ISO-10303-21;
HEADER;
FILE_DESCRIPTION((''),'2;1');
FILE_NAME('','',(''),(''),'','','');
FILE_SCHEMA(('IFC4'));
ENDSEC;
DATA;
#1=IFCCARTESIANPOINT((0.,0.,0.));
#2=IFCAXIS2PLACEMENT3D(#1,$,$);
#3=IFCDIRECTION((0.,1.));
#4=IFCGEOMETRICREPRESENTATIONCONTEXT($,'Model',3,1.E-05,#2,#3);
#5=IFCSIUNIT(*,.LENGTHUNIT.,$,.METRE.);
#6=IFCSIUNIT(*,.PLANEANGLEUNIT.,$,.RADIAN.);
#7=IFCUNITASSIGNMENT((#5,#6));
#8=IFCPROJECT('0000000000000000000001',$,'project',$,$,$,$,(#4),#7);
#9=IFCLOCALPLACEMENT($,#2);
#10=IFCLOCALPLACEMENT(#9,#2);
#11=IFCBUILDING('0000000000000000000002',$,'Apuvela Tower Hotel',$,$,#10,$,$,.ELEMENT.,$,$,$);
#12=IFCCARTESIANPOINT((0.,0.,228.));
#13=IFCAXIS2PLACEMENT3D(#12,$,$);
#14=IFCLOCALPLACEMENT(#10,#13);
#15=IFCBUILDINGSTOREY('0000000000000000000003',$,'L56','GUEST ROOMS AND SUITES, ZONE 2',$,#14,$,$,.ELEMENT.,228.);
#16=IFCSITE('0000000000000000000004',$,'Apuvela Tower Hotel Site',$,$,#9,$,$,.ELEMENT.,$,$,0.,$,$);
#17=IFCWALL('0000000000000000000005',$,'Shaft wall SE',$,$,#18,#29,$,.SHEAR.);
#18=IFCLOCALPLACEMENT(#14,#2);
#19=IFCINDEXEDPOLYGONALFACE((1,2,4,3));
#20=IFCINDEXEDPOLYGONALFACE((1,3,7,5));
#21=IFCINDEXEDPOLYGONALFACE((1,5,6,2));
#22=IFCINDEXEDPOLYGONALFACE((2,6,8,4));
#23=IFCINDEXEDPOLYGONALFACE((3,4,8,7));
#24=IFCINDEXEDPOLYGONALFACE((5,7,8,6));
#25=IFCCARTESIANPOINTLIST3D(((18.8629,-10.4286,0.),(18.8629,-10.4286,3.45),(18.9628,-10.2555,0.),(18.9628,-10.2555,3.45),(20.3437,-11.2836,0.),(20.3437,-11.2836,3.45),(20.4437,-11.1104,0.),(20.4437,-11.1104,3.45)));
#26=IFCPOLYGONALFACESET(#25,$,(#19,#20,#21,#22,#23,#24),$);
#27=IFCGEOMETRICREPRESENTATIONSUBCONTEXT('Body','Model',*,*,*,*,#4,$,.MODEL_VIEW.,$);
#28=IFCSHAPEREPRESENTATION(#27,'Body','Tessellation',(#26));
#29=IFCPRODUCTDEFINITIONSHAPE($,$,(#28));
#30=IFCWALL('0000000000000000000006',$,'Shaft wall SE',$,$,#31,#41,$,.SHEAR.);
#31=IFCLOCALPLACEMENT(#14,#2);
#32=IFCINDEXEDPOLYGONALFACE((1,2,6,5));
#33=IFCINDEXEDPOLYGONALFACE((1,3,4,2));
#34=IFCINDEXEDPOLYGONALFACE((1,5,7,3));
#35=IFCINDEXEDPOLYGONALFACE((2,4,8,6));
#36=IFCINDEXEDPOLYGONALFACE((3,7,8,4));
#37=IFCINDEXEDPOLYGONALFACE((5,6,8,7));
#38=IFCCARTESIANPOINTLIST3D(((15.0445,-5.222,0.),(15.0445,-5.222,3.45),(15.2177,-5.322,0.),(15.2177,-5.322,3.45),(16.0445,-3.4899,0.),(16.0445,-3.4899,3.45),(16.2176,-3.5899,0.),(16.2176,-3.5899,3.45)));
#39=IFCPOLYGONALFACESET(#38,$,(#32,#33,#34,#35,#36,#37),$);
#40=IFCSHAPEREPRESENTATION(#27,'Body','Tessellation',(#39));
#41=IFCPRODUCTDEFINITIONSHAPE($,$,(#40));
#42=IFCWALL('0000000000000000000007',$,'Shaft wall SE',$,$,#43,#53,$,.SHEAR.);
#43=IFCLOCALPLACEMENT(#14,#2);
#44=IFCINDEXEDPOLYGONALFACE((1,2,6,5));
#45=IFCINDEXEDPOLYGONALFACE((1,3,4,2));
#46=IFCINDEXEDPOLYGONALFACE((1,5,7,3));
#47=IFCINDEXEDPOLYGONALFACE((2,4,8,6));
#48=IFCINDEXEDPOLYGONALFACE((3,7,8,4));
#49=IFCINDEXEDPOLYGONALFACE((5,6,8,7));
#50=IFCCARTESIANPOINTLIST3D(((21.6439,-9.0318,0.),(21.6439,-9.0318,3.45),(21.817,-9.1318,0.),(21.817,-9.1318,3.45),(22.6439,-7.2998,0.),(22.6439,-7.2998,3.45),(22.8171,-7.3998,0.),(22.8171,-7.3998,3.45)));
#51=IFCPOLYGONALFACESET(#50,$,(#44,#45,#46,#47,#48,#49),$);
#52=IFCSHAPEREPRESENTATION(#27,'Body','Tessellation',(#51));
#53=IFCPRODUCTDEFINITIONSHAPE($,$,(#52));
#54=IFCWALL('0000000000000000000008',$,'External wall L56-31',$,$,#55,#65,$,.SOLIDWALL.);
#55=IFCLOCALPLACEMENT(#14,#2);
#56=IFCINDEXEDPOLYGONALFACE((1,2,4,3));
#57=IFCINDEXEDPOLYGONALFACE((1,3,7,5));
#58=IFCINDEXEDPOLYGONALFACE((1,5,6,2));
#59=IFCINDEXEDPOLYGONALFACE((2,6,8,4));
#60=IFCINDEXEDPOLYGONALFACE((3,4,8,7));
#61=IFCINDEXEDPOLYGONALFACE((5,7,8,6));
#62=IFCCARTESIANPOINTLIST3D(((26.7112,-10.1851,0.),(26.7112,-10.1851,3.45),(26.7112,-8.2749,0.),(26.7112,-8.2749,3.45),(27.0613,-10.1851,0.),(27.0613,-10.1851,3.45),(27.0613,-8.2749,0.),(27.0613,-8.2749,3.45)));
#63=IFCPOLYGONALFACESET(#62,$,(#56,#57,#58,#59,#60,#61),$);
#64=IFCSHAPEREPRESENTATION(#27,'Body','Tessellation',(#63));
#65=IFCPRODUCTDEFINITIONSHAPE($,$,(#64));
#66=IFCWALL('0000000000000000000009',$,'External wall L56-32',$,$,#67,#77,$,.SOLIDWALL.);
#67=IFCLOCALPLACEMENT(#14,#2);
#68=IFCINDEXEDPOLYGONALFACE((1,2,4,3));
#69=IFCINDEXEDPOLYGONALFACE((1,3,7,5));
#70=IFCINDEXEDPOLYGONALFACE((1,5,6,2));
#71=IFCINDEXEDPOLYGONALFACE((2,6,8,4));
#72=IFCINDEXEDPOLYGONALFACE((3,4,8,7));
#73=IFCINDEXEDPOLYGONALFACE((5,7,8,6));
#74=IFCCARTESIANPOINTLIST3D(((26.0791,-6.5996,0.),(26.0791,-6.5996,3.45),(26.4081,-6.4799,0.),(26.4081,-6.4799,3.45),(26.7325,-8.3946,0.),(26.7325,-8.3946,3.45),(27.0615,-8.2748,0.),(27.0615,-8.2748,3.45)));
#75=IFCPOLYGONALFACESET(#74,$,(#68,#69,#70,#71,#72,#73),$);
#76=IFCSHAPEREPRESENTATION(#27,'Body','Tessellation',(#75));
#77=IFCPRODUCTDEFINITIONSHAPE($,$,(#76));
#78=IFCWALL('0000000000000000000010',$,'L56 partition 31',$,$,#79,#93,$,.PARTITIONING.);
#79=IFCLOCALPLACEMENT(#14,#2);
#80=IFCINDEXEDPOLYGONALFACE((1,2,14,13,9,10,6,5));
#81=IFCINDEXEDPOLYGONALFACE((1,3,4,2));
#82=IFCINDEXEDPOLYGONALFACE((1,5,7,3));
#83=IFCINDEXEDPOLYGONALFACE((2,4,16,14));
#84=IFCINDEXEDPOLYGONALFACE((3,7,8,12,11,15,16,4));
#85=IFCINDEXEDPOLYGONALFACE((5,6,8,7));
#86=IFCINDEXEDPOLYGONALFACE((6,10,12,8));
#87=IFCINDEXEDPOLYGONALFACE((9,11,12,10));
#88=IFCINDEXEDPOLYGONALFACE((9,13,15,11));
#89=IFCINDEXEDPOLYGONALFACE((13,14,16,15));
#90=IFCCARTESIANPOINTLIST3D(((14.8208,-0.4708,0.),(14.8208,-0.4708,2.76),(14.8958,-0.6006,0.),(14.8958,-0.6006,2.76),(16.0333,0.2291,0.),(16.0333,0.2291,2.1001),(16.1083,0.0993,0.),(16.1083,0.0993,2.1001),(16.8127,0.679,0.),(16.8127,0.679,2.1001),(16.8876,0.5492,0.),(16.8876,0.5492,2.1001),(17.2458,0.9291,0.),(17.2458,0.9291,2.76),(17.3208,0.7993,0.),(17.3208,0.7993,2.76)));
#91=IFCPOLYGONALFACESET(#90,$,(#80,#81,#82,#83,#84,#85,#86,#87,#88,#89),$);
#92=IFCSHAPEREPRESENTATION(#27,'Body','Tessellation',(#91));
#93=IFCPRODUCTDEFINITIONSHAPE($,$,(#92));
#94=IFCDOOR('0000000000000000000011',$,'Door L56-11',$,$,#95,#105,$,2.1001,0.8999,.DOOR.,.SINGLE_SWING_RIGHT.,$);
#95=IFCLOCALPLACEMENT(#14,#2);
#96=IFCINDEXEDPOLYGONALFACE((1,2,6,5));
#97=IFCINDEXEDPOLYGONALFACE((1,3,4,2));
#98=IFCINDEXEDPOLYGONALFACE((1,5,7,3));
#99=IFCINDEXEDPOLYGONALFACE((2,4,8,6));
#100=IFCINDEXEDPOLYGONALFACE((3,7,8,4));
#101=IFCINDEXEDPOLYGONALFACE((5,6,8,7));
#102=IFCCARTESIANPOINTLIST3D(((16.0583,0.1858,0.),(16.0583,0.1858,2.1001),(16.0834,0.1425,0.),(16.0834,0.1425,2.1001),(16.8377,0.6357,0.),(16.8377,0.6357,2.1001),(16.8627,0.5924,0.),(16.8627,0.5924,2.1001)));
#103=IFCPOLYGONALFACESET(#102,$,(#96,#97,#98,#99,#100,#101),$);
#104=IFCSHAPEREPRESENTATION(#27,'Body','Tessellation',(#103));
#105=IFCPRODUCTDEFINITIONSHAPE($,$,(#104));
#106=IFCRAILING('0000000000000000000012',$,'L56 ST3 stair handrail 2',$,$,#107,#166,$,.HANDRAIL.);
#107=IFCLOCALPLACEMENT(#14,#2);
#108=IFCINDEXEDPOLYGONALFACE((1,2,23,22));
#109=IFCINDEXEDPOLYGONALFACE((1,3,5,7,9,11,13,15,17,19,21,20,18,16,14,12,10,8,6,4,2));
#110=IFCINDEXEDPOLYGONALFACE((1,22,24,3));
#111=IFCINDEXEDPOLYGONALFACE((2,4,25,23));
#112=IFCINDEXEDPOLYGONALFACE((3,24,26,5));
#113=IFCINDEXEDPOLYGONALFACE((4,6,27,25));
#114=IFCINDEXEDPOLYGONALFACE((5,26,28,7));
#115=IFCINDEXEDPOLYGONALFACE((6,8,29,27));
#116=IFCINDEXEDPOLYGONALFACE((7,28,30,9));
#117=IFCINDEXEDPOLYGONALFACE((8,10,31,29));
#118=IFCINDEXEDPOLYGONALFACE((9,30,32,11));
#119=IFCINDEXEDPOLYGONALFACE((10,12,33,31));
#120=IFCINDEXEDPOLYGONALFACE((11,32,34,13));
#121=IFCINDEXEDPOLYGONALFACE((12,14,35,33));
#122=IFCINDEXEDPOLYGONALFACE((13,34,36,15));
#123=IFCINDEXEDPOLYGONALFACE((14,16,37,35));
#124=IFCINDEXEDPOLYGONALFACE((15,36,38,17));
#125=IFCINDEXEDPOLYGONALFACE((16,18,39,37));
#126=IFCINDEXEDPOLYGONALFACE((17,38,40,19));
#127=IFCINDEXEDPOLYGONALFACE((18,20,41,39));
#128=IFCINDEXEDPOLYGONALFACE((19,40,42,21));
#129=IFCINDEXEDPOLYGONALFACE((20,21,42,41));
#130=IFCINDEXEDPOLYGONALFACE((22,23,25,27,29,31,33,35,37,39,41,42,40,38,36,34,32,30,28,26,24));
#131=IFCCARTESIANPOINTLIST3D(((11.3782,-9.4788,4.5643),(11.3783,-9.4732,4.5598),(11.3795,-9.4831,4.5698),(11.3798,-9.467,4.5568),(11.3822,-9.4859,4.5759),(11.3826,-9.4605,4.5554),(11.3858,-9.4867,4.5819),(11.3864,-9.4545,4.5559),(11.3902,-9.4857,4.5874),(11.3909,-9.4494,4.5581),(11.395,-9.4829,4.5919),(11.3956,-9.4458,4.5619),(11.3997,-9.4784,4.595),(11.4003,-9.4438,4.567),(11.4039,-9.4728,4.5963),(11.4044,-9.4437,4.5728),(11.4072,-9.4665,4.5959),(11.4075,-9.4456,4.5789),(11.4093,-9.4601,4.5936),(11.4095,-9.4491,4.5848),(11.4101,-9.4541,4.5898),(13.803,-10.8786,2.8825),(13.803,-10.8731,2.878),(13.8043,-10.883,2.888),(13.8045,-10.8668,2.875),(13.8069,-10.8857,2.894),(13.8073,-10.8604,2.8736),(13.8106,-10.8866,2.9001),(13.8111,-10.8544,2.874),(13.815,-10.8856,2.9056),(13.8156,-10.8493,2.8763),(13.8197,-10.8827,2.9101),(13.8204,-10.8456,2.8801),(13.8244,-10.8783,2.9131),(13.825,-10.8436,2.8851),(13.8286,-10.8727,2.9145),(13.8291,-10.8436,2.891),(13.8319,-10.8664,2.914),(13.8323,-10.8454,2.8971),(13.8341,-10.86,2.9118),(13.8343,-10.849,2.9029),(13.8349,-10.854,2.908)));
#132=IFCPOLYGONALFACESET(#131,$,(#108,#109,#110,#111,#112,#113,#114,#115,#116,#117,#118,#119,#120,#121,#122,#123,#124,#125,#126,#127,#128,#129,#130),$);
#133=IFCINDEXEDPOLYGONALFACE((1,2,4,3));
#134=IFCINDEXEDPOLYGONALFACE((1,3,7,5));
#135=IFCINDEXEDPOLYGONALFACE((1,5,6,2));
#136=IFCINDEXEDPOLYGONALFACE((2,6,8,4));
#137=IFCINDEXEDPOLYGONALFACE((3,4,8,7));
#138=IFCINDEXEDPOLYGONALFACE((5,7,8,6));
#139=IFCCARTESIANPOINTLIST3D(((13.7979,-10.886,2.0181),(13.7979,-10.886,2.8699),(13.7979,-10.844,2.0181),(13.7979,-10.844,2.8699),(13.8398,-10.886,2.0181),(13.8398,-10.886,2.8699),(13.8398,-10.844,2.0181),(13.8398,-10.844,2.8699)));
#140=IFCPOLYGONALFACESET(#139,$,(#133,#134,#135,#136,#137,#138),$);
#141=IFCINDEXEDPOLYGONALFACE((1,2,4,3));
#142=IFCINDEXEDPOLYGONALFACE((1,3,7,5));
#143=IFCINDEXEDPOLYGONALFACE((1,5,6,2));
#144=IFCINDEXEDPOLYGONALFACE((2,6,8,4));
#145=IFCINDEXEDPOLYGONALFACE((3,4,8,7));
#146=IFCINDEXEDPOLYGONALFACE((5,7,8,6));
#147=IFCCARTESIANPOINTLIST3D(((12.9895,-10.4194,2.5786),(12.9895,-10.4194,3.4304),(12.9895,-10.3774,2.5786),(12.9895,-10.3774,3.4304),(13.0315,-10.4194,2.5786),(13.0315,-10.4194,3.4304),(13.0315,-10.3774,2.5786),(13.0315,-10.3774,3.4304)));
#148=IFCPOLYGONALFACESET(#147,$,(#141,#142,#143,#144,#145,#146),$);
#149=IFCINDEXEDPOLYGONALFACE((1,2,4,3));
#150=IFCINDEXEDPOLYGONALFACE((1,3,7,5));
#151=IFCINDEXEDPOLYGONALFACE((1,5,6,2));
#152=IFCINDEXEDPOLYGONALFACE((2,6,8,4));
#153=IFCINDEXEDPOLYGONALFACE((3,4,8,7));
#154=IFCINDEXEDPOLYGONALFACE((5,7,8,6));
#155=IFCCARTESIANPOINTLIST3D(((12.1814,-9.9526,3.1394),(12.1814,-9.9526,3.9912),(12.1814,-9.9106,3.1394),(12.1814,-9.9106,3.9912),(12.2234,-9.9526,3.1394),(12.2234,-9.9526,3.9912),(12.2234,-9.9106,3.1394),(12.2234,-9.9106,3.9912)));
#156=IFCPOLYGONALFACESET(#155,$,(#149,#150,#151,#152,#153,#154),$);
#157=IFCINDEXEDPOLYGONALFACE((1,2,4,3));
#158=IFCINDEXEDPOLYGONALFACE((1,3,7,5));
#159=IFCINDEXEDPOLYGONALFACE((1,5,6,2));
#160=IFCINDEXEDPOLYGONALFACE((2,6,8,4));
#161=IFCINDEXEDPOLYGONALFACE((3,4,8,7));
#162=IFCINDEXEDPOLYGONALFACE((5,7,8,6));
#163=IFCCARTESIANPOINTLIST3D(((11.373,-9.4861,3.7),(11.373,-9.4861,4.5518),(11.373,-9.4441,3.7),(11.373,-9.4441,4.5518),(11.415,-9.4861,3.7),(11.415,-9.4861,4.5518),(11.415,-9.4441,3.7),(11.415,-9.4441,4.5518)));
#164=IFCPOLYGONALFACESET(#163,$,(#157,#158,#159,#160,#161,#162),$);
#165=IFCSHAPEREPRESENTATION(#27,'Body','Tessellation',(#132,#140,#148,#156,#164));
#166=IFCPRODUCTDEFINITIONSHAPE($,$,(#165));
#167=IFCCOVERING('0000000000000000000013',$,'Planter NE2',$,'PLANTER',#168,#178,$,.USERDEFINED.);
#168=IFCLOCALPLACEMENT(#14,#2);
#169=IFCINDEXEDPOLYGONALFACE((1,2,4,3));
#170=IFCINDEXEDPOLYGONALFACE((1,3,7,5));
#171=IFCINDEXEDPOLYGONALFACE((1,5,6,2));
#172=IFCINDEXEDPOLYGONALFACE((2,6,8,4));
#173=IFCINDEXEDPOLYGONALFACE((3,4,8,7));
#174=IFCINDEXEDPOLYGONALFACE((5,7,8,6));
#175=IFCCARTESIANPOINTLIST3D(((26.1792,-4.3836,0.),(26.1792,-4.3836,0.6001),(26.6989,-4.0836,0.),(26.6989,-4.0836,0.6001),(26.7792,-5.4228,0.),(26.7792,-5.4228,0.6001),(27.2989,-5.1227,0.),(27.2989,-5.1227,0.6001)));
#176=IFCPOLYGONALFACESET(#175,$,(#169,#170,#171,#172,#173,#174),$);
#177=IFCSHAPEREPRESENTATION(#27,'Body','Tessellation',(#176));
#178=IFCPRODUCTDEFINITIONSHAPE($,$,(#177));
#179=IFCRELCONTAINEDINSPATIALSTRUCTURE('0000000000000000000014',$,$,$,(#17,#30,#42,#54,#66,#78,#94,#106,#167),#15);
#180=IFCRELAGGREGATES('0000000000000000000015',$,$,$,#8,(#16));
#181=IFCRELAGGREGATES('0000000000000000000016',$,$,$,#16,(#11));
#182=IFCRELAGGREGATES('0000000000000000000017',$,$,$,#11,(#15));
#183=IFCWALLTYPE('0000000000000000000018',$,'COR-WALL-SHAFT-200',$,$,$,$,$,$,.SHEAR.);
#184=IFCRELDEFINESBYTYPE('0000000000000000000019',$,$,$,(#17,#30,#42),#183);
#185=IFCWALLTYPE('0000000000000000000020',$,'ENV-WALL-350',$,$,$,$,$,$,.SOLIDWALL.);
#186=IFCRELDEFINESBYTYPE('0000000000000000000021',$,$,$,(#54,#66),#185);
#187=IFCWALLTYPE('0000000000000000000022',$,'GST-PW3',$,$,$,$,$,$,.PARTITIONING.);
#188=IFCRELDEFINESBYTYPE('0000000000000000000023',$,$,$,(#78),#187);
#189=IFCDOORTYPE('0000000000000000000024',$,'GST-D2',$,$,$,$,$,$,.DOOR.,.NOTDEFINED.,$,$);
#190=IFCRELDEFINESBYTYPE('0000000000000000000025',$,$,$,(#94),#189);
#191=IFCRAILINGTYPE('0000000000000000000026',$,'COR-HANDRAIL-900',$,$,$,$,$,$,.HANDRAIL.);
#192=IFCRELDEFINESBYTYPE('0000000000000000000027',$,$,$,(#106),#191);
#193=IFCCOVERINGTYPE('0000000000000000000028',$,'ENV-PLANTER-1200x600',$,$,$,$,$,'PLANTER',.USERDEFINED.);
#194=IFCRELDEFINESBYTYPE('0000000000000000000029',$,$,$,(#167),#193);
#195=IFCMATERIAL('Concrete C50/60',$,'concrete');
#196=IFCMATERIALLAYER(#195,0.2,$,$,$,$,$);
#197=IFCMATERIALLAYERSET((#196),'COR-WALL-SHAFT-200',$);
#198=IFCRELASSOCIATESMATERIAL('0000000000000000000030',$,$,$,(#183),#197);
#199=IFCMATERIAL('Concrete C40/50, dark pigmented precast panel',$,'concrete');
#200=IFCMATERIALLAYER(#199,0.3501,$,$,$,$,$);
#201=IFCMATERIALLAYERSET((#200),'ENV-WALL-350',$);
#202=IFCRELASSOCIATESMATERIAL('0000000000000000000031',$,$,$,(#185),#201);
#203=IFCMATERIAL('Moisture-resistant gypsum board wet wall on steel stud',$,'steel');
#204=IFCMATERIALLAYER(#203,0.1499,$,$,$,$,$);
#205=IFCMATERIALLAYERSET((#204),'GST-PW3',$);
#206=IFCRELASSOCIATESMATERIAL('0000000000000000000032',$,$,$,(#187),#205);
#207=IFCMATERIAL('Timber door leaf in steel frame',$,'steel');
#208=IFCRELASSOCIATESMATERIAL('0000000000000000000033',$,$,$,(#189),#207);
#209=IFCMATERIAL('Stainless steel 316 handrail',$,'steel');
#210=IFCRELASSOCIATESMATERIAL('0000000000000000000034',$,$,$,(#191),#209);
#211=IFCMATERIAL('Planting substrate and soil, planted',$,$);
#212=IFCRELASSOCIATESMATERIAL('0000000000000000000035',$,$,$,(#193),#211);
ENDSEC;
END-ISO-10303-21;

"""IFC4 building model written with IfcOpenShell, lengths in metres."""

from ifc_helpers import new_model, si_unit, direction, frame, frame_2d, origin, origin_2d, place, context, subcontext, project, spatial, rectangle, circle, extrude, material, layer, layer_set, type_object, element, fill, save


model = new_model("IFC4")

# Units and contexts
model_context = context("Model", 3, precision=1e-05, world=origin(), true_north=direction((0.0, 1.0)))
body_context = subcontext(model_context, "Body", "Model", "MODEL_VIEW")
ifc_project = project(units=[si_unit("LENGTHUNIT", "METRE"), si_unit("PLANEANGLEUNIT", "RADIAN")], contexts=[model_context])

# Site, building, storey
site_placement = place(None, origin())
site = spatial("IfcSite", under=ifc_project, at=site_placement, Name="Apuvela Tower Hotel Site", CompositionType="ELEMENT", RefElevation=0.0)
building_placement = place(site_placement, origin())
building = spatial("IfcBuilding", under=site, at=building_placement, Name="Apuvela Tower Hotel", CompositionType="ELEMENT")
storey_placement = place(building_placement, frame((0.0, 0.0, 228.0)))
storey = spatial("IfcBuildingStorey", under=building, at=storey_placement, Name="L56", Description="GUEST ROOMS AND SUITES, ZONE 2", CompositionType="ELEMENT", Elevation=228.0)

# Walls
ifc_material_1 = material(Name="Concrete C50/60", Category="concrete")
ifc_layer_1 = layer(ifc_material_1, 0.2)
ifc_layer_set_1 = layer_set([ifc_layer_1], Name="COR-WALL-SHAFT-200")
wall_type_1 = type_object("IfcWallType", Name="COR-WALL-SHAFT-200", PredefinedType="SHEAR", material=ifc_layer_set_1)
wall_1_placement = place(storey_placement, frame((18.9128, -10.342, 0.0), z_axis=(0.0, 0.0, 1.0), x_axis=(0.866038, -0.499978, 0.0)))
element("IfcWall", 1, at=wall_1_placement, inside=storey, type_object=wall_type_1, Name="Shaft wall SE", PredefinedType="SHEAR", context=body_context, shape_type="SweptSolid", body=[
    extrude(rectangle(XDim=1.71, YDim=0.2, at=frame_2d((0.855, 0.0))), origin(), (0.0, 0.0, 1.0), 3.45),
])
for number, where, z_axis, x_axis, name in (
    (2, (15.1311, -5.272, 0.0), (0.0, 0.0, 1.0), (0.499973, 0.866041, 0.0), "Shaft wall SE"),
    (3, (21.7305, -9.0818, 0.0), (0.0, 0.0, 1.0), (0.500025, 0.866011, 0.0), "Shaft wall SE"),
):
    element("IfcWall", number, at=place(storey_placement, frame(where, z_axis=z_axis, x_axis=x_axis)), inside=storey, type_object=wall_type_1, Name=name, PredefinedType="SHEAR", context=body_context, shape_type="SweptSolid", body=[
        extrude(rectangle(XDim=2.0, YDim=0.2, at=frame_2d((1.0, 0.0))), origin(), (0.0, 0.0, 1.0), 3.45),
    ])
ifc_material_2 = material(Name="Concrete C40/50, dark pigmented precast panel", Category="concrete")
ifc_layer_2 = layer(ifc_material_2, 0.3501)
ifc_layer_set_2 = layer_set([ifc_layer_2], Name="ENV-WALL-350")
wall_type_2 = type_object("IfcWallType", Name="ENV-WALL-350", PredefinedType="SOLIDWALL", material=ifc_layer_set_2)
for number, where, z_axis, x_axis, name in (
    (4, (26.8862, -10.1851, 0.0), (0.0, 0.0, 1.0), (0.0, 1.0, 0.0), "External wall L56-31"),
    (5, (26.897, -8.3347, 0.0), (0.0, 0.0, 1.0), (-0.34203, 0.939689, 0.0), "External wall L56-32"),
):
    element("IfcWall", number, at=place(storey_placement, frame(where, z_axis=z_axis, x_axis=x_axis)), inside=storey, type_object=wall_type_2, Name=name, PredefinedType="SOLIDWALL", context=body_context, shape_type="SweptSolid", body=[
        extrude(rectangle(XDim=1.9102, YDim=0.3501, at=frame_2d((0.9551, 0.0))), origin(), (0.0, 0.0, 1.0), 3.45),
    ])

# Wall, opening, door
ifc_material_3 = material(Name="Moisture-resistant gypsum board wet wall on steel stud", Category="steel")
ifc_layer_3 = layer(ifc_material_3, 0.1499)
ifc_layer_set_3 = layer_set([ifc_layer_3], Name="GST-PW3")
wall_type_3 = type_object("IfcWallType", Name="GST-PW3", PredefinedType="PARTITIONING", material=ifc_layer_set_3)
wall_2_placement = place(storey_placement, frame((14.8584, -0.5356, 0.0), z_axis=(0.0, 0.0, 1.0), x_axis=(0.866056, 0.499946, 0.0)))
wall_2 = element("IfcWall", 6, at=wall_2_placement, inside=storey, type_object=wall_type_3, Name="L56 partition 31", PredefinedType="PARTITIONING", context=body_context, shape_type="SweptSolid", body=[
    extrude(rectangle(XDim=2.8, YDim=0.1499, at=frame_2d((1.3999, 0.0))), origin(), (0.0, 0.0, 1.0), 2.76),
])
opening_1_placement = place(wall_2_placement, frame((1.3999, 0.0, 0.0)))
opening_1 = element("IfcOpeningElement", 7, at=opening_1_placement, cuts=wall_2, PredefinedType="OPENING", context=body_context, shape_type="SweptSolid", body=[
    extrude(rectangle(XDim=0.8999, YDim=2.1001, at=frame_2d((0.45, 1.05))), frame((0.0, 0.085, 0.0), z_axis=(0.0, -1.0, 0.0), x_axis=(1.0, 0.0, 0.0)), (0.0, 0.0, 1.0), 0.1699),
])
ifc_material_4 = material(Name="Timber door leaf in steel frame", Category="steel")
door_type_1 = type_object("IfcDoorType", Name="GST-D2", OperationType="NOTDEFINED", PredefinedType="DOOR", material=ifc_material_4)
door_1_placement = place(opening_1_placement, origin())
door_1 = element("IfcDoor", 8, at=door_1_placement, inside=storey, type_object=door_type_1, Name="Door L56-11", OperationType="SINGLE_SWING_RIGHT", OverallHeight=2.1001, OverallWidth=0.8999, PredefinedType="DOOR", context=body_context, shape_type="SweptSolid", body=[
    extrude(rectangle(XDim=0.8999, YDim=2.1001, at=frame_2d((0.45, 1.05))), frame((0.0, 0.0249, 0.0), z_axis=(0.0, -1.0, 0.0), x_axis=(1.0, 0.0, 0.0)), (0.0, 0.0, 1.0), 0.05),
])
fill(opening_1, door_1)

# Railing
ifc_material_5 = material(Name="Stainless steel 316 handrail", Category="steel")
railing_type_1 = type_object("IfcRailingType", Name="COR-HANDRAIL-900", PredefinedType="HANDRAIL", material=ifc_material_5)
railing_1_placement = place(storey_placement, frame((13.8188, -10.865, 2.0181)))
element("IfcRailing", 9, at=railing_1_placement, inside=storey, type_object=railing_type_1, Name="L56 ST3 stair handrail 2", PredefinedType="HANDRAIL", context=body_context, shape_type="SweptSolid", body=[
    extrude(circle(Radius=0.0239, at=origin_2d()), frame((0.0, 0.0, 0.876), z_axis=(-0.74239, 0.428601, 0.514934), x_axis=(-0.499984, -0.866035, 0.0)), (0.0, 0.0, 1.0), 3.2661),
    extrude(rectangle(XDim=0.042, YDim=0.042, at=origin_2d()), origin(), (0.0, 0.0, 1.0), 0.8518),
    extrude(rectangle(XDim=0.042, YDim=0.042, at=origin_2d()), frame((-0.8083, 0.4666, 0.5605)), (0.0, 0.0, 1.0), 0.8518),
    extrude(rectangle(XDim=0.042, YDim=0.042, at=origin_2d()), frame((-1.6165, 0.9333, 1.1213)), (0.0, 0.0, 1.0), 0.8518),
    extrude(rectangle(XDim=0.042, YDim=0.042, at=origin_2d()), frame((-2.4248, 1.3999, 1.6819)), (0.0, 0.0, 1.0), 0.8518),
])

# Covering
ifc_material_6 = material(Name="Planting substrate and soil, planted")
covering_type = type_object("IfcCoveringType", Name="ENV-PLANTER-1200x600", ElementType="PLANTER", PredefinedType="USERDEFINED", material=ifc_material_6)
covering_placement = place(storey_placement, frame((26.739, -4.7532, 0.0), z_axis=(0.0, 0.0, 1.0), x_axis=(-0.5, 0.866025, 0.0)))
element("IfcCovering", 10, at=covering_placement, inside=storey, type_object=covering_type, Name="Planter NE2", ObjectType="PLANTER", PredefinedType="USERDEFINED", context=body_context, shape_type="SweptSolid", body=[
    extrude(rectangle(XDim=1.2, YDim=0.6001, at=origin_2d()), origin(), (0.0, 0.0, 1.0), 0.6001),
])

save(model, "model.ifc")
